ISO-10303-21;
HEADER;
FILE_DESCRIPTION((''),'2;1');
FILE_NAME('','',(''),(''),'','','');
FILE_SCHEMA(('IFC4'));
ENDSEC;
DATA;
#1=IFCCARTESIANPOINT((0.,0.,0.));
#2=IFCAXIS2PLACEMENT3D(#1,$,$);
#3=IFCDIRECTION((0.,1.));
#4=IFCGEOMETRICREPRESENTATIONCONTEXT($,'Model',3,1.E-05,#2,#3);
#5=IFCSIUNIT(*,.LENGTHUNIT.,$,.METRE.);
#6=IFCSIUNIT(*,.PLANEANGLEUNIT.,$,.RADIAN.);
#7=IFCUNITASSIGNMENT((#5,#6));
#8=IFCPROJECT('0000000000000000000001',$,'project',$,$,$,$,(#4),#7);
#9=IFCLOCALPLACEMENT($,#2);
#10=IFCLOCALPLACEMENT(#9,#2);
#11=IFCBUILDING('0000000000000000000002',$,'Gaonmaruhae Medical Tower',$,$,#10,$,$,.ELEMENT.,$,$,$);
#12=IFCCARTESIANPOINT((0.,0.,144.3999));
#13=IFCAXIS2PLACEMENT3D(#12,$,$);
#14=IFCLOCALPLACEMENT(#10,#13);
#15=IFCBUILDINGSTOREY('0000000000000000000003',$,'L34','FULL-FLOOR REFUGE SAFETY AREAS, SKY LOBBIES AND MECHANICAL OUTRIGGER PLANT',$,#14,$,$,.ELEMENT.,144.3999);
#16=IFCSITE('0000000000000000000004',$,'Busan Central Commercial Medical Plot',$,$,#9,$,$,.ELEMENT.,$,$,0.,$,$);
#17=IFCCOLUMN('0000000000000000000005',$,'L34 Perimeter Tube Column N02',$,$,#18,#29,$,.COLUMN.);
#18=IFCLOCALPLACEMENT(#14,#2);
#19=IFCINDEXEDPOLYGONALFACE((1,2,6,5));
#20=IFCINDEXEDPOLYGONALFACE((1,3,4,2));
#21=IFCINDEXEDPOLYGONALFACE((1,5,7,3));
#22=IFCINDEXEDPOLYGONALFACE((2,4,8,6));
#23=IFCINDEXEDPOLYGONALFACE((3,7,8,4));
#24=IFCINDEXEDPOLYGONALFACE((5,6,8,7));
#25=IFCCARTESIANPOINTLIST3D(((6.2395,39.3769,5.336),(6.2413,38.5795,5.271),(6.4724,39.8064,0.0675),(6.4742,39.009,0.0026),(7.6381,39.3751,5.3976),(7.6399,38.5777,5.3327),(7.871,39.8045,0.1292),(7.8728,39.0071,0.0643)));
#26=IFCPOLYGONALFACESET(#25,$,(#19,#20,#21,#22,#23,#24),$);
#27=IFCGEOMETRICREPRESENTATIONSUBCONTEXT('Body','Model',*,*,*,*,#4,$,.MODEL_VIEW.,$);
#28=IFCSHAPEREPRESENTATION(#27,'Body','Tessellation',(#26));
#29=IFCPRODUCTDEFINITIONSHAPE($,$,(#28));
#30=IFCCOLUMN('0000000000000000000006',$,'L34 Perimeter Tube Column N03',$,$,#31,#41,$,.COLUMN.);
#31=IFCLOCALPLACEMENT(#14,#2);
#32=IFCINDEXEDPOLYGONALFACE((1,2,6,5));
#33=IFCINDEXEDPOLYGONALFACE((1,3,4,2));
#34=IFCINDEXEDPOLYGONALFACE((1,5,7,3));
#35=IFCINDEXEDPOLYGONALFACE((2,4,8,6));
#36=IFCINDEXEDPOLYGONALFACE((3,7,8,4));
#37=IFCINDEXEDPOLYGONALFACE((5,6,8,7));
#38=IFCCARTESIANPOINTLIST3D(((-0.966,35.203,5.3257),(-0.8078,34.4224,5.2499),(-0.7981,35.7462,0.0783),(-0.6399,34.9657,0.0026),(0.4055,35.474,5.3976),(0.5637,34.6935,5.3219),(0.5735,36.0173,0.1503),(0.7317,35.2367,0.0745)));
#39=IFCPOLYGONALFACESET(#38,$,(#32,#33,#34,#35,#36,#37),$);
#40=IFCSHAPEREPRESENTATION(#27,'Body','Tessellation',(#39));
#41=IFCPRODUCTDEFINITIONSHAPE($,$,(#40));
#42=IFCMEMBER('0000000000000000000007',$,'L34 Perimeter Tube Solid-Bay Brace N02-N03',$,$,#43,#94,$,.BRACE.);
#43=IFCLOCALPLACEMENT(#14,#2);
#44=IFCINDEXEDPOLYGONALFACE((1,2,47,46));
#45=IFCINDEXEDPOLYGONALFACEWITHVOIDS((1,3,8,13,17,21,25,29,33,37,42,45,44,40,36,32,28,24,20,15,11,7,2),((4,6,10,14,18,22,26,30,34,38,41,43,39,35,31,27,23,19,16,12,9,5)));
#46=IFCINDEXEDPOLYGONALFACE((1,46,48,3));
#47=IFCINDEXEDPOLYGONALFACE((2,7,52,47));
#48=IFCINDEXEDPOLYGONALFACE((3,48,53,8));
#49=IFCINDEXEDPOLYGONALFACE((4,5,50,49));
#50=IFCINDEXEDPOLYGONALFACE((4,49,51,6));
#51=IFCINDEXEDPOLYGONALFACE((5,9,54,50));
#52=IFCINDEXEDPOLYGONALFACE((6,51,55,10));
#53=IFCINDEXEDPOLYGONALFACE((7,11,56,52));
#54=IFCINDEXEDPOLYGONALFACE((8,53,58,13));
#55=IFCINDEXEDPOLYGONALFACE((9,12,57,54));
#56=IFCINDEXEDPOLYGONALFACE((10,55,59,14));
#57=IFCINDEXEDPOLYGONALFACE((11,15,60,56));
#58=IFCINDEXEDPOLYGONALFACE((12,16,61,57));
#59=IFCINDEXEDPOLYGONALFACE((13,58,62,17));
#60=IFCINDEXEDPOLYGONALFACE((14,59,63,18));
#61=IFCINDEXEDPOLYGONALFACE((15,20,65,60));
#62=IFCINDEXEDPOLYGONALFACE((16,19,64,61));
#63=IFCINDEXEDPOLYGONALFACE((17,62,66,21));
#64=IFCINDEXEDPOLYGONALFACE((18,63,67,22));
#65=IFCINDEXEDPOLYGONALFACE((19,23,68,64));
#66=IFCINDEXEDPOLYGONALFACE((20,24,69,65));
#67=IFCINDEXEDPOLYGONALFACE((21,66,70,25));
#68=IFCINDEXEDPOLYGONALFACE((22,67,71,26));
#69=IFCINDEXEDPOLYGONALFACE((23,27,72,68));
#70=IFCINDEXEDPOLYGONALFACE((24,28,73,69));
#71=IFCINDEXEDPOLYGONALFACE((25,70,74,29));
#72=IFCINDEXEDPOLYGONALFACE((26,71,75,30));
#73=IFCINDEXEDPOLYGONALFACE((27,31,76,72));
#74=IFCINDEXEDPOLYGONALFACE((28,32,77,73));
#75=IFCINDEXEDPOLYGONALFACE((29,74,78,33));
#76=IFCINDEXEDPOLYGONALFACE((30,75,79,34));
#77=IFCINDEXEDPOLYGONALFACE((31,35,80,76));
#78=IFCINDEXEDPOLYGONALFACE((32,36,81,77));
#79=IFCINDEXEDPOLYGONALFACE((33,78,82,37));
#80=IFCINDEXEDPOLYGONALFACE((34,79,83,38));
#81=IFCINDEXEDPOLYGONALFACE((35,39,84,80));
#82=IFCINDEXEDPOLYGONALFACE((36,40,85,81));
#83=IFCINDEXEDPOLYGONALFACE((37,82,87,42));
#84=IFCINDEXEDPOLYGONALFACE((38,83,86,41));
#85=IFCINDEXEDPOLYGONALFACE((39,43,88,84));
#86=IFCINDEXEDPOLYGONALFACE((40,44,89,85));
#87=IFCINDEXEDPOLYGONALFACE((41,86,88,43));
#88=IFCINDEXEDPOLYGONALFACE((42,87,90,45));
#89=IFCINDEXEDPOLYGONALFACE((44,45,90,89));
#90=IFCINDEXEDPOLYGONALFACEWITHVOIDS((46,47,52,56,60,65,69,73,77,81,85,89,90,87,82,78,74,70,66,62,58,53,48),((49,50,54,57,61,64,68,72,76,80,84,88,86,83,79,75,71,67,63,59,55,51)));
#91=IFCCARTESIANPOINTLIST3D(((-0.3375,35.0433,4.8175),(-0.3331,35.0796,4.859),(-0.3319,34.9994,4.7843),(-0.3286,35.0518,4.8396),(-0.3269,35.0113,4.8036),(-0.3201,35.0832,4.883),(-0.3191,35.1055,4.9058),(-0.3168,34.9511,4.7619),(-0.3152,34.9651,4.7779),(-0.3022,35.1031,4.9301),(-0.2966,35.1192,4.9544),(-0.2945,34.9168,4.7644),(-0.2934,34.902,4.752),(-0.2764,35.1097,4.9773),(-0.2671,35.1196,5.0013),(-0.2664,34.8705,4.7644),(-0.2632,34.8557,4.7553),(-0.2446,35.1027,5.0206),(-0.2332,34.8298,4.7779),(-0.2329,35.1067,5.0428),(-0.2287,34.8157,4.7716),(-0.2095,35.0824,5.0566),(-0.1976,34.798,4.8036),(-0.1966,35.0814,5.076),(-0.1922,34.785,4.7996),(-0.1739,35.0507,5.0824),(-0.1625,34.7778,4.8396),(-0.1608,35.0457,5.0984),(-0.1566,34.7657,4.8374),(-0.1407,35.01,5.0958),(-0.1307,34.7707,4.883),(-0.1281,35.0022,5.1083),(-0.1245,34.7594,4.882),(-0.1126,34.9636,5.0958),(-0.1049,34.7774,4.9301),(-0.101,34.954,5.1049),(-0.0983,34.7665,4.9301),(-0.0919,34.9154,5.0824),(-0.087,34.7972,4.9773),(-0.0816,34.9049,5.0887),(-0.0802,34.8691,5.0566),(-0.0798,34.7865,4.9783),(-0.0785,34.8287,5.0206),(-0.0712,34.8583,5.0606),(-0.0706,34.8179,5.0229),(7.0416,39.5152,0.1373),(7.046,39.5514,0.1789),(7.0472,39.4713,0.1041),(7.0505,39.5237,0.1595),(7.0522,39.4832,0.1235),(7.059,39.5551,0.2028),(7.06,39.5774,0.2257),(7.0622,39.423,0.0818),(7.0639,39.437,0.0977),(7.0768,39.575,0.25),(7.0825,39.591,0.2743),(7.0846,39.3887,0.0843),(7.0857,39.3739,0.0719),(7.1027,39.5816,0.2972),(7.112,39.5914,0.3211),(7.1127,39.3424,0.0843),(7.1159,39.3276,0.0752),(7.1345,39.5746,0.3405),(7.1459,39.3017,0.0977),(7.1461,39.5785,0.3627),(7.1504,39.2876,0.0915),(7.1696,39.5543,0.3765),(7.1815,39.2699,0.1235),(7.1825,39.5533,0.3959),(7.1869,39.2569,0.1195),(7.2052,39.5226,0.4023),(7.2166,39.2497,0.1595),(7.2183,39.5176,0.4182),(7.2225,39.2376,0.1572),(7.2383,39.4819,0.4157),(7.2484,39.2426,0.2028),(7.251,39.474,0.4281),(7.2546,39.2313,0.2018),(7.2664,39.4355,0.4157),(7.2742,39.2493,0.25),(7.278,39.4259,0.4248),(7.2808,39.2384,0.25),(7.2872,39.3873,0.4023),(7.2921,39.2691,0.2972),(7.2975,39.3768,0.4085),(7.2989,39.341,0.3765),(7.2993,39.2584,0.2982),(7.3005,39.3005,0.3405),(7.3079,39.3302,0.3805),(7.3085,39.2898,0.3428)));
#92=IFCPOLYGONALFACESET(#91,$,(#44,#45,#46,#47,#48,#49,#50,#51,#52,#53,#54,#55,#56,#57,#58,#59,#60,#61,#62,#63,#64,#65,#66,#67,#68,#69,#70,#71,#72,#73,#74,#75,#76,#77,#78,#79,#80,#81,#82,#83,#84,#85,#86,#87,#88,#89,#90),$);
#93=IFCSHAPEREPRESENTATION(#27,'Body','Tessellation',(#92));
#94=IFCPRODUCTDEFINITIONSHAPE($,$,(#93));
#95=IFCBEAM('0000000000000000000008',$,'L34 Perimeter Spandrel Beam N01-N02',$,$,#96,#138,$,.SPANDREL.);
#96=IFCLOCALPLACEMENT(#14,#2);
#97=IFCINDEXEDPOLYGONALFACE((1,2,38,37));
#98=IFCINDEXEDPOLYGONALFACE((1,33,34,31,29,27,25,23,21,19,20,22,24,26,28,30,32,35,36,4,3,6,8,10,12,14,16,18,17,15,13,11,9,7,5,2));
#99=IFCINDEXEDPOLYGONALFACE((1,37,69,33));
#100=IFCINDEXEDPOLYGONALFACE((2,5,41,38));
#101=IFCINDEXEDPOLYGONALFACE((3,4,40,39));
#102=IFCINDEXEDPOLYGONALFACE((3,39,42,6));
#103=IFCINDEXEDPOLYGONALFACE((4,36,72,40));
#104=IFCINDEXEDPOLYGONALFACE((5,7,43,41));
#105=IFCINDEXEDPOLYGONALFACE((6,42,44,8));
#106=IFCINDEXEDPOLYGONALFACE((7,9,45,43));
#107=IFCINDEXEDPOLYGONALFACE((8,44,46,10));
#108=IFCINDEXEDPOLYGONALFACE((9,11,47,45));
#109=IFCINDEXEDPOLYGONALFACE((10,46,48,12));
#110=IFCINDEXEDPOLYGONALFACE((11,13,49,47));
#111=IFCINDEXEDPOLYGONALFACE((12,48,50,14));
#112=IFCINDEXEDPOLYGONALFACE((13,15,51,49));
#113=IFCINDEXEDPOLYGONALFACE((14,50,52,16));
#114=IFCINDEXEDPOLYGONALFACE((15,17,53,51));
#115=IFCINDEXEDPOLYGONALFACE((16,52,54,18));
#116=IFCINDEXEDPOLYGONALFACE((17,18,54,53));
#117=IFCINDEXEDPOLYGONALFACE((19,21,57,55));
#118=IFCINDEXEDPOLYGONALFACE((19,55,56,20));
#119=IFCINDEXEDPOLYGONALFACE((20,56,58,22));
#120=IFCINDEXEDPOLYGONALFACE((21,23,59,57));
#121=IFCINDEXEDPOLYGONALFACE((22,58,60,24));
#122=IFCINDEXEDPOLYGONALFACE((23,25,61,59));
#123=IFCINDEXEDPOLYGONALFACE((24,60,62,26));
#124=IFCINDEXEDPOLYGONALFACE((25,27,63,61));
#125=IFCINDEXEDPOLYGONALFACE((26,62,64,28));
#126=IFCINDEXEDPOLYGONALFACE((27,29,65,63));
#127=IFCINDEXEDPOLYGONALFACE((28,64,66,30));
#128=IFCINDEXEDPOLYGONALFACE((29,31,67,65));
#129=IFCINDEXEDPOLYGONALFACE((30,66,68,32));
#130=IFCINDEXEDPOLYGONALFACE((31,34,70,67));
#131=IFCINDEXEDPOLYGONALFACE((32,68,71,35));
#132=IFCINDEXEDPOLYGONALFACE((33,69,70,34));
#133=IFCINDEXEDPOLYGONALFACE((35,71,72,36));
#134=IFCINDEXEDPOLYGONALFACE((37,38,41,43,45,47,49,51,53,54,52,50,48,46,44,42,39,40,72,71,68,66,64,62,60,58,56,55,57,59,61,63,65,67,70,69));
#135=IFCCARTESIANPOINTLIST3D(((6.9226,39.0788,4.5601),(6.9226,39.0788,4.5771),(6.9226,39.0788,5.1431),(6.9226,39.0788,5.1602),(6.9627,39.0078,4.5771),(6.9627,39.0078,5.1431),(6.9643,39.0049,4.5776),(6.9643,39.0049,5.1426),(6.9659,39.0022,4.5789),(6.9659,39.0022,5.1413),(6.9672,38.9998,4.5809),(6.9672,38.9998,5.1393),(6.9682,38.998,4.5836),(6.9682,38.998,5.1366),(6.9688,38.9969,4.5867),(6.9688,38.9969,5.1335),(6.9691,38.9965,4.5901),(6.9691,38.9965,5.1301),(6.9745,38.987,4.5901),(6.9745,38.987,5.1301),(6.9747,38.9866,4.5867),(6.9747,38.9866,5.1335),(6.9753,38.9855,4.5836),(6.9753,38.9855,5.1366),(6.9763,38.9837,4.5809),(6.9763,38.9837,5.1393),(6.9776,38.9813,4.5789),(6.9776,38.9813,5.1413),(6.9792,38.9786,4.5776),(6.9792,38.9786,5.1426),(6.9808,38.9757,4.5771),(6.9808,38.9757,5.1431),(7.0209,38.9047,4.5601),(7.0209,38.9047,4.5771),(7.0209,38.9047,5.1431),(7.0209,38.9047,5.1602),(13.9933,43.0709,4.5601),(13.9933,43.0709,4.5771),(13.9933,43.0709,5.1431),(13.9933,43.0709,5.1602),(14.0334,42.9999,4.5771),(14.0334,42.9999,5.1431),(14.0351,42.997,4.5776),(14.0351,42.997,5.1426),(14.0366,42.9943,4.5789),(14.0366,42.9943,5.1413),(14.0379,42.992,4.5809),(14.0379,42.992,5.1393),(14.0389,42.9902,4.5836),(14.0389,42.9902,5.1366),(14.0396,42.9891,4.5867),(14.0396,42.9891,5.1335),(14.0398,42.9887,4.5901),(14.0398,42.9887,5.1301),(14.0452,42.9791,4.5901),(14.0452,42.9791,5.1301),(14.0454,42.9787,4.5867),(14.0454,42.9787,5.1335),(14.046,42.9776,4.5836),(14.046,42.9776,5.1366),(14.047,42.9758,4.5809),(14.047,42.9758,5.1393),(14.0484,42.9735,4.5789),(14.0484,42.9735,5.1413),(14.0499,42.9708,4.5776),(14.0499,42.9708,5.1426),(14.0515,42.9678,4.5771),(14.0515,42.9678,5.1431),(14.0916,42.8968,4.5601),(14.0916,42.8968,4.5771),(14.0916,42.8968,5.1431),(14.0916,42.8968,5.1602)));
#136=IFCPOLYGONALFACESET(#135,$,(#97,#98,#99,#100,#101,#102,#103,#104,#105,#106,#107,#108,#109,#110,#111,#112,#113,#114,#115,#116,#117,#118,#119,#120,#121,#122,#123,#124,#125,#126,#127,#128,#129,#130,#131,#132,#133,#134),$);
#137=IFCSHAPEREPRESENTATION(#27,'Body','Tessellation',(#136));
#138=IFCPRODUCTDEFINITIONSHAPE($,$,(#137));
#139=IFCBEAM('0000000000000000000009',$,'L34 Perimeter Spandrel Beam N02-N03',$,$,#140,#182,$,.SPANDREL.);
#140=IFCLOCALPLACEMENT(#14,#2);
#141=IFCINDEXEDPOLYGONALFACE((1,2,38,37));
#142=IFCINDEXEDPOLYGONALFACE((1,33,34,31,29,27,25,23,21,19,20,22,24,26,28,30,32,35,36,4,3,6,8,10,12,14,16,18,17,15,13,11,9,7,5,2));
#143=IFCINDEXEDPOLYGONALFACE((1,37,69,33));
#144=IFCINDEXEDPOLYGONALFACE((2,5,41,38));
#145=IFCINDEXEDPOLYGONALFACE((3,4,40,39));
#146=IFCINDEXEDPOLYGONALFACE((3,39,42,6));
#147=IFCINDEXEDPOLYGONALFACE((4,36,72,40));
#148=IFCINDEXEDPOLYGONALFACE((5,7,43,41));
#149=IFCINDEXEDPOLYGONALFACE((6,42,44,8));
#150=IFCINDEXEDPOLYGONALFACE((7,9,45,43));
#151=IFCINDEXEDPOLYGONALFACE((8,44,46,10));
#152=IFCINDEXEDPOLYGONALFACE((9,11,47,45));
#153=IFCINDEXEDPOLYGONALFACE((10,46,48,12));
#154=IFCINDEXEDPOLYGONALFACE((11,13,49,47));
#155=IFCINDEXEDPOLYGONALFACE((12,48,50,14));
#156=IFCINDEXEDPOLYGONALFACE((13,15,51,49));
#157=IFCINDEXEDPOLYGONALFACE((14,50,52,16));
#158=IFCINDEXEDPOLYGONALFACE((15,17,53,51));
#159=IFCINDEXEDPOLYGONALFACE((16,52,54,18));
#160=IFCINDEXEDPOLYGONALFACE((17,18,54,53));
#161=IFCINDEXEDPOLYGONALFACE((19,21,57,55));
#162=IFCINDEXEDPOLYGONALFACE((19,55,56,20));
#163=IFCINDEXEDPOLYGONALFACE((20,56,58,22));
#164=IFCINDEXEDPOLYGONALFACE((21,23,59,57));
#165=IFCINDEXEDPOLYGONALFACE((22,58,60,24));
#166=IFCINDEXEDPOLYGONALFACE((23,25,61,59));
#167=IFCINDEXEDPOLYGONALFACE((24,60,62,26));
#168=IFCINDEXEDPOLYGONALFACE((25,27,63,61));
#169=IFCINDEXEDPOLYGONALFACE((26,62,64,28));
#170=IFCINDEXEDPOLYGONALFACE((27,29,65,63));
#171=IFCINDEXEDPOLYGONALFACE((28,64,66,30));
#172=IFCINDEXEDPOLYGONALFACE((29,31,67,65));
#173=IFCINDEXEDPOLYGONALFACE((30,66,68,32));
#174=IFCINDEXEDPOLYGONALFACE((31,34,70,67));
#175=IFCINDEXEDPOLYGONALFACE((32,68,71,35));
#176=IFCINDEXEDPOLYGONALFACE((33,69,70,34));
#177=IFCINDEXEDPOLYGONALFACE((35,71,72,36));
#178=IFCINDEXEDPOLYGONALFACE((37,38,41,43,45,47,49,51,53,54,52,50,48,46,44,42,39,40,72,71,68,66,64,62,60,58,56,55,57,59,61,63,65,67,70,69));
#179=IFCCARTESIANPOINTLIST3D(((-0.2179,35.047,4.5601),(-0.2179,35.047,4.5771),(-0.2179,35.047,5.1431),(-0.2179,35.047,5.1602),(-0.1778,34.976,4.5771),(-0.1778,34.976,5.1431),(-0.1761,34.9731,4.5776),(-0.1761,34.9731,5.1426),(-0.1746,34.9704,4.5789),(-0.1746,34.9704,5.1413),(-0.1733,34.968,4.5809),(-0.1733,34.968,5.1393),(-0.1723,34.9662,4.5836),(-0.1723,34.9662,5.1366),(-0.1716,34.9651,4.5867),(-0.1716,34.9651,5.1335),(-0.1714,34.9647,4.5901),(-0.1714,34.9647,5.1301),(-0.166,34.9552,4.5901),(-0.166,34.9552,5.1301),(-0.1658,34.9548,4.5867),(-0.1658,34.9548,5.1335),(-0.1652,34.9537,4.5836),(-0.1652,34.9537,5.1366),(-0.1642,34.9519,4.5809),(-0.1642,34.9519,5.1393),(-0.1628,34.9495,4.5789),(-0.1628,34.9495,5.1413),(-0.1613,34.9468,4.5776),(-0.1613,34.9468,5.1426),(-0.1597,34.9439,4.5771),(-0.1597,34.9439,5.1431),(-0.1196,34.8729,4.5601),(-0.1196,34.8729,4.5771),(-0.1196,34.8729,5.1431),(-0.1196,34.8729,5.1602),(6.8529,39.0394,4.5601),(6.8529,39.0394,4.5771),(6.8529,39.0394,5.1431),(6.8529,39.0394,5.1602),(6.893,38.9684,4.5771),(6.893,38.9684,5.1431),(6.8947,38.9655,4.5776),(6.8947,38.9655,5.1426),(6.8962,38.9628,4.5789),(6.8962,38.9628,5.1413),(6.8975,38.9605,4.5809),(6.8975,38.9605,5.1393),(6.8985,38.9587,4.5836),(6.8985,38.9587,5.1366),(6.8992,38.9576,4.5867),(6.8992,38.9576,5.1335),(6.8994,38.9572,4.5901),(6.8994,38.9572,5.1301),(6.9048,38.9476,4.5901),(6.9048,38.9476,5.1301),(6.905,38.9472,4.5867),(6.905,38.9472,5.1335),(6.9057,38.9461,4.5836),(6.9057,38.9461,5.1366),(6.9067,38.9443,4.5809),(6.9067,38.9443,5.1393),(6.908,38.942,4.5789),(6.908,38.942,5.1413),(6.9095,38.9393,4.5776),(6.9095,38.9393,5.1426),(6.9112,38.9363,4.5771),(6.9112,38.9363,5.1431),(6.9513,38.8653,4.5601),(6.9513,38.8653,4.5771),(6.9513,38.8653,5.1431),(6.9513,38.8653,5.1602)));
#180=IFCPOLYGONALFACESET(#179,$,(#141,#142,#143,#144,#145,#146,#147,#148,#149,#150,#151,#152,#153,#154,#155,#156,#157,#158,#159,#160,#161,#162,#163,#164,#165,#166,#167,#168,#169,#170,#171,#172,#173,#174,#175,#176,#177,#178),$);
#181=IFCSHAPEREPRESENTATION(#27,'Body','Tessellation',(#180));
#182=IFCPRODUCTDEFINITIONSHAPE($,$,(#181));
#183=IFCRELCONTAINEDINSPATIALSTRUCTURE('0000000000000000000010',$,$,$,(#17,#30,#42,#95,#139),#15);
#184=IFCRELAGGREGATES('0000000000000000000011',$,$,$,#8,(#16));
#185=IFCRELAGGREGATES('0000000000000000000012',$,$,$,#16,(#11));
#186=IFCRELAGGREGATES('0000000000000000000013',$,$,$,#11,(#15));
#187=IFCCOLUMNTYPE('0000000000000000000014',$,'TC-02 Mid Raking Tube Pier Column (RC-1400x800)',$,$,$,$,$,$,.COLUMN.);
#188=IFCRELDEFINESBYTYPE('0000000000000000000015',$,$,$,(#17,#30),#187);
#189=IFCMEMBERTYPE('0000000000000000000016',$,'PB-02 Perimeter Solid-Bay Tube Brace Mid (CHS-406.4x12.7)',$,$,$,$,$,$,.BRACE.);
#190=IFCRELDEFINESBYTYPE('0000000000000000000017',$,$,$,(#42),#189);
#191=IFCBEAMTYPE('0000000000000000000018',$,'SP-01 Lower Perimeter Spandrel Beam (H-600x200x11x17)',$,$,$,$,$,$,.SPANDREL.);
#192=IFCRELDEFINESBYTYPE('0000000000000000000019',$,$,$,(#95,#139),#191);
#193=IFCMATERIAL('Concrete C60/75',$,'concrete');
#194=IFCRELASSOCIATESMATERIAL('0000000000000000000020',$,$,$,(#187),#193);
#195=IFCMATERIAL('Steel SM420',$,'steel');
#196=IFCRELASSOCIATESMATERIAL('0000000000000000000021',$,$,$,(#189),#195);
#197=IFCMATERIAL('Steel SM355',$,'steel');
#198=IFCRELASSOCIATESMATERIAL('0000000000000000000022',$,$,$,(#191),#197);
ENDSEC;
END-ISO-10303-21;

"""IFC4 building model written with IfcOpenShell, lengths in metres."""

from ifc_helpers import new_model, si_unit, direction, frame, origin, origin_2d, place, context, subcontext, project, spatial, rectangle, hollow_circle, i_section, extrude, material, material_profile, profile_set, type_object, element, save


model = new_model("IFC4")

# Units and contexts
model_context = context("Model", 3, precision=1e-05, world=origin(), true_north=direction((0.0, 1.0)))
body_context = subcontext(model_context, "Body", "Model", "MODEL_VIEW")
ifc_project = project(units=[si_unit("LENGTHUNIT", "METRE"), si_unit("PLANEANGLEUNIT", "RADIAN")], contexts=[model_context])

# Site, building, storey
site_placement = place(None, origin())
site = spatial("IfcSite", under=ifc_project, at=site_placement, Name="Busan Central Commercial Medical Plot", CompositionType="ELEMENT", RefElevation=0.0)
building_placement = place(site_placement, origin())
building = spatial("IfcBuilding", under=site, at=building_placement, Name="Gaonmaruhae Medical Tower", CompositionType="ELEMENT")
storey_placement = place(building_placement, frame((0.0, 0.0, 144.3999)))
storey = spatial("IfcBuildingStorey", under=building, at=storey_placement, Name="L34", Description="FULL-FLOOR REFUGE SAFETY AREAS, SKY LOBBIES AND MECHANICAL OUTRIGGER PLANT", CompositionType="ELEMENT", Elevation=144.3999)

# Columns
ifc_material_1 = material(Name="Concrete C60/75", Category="concrete")
ifc_material_profile_1 = material_profile(ifc_material_1, rectangle(XDim=1.3999, YDim=0.8, at=origin_2d()), Name="RC-1400x800")
ifc_profile_set_1 = profile_set([ifc_material_profile_1], Name="Concrete C60/75")
column_type = type_object("IfcColumnType", Name="TC-02 Mid Raking Tube Pier Column (RC-1400x800)", PredefinedType="COLUMN", material=ifc_profile_set_1)
column_1_placement = place(storey_placement, frame((7.1726, 39.4067, 0.0659), z_axis=(-0.044021, -0.081166, 0.995728), x_axis=(0.999028, -0.001327, 0.044059)))
element("IfcColumn", 1, at=column_1_placement, inside=storey, type_object=column_type, Name="L34 Perimeter Tube Column N02", PredefinedType="COLUMN", context=body_context, shape_type="SweptSolid", body=[
    extrude(rectangle(XDim=1.3999, YDim=0.8, at=origin_2d()), origin(), (0.0, 0.0, 1.0), 5.291),
])
column_2_placement = place(storey_placement, frame((-0.0332, 35.4915, 0.0764), z_axis=(-0.031824, -0.10292, 0.99418), x_axis=(0.979734, 0.193596, 0.051403)))
element("IfcColumn", 2, at=column_2_placement, inside=storey, type_object=column_type, Name="L34 Perimeter Tube Column N03", PredefinedType="COLUMN", context=body_context, shape_type="SweptSolid", body=[
    extrude(rectangle(XDim=1.3999, YDim=0.8, at=origin_2d()), origin(), (0.0, 0.0, 1.0), 5.2781),
])

# Member
ifc_material_2 = material(Name="Steel SM420", Category="steel")
ifc_material_profile_2 = material_profile(ifc_material_2, hollow_circle(Radius=0.2031, WallThickness=0.0127, at=origin_2d()), Name="CHS-406.4x12.7")
ifc_profile_set_2 = profile_set([ifc_material_profile_2], Name="Steel SM420")
member_type = type_object("IfcMemberType", Name="PB-02 Perimeter Solid-Bay Tube Brace Mid (CHS-406.4x12.7)", PredefinedType="BRACE", material=ifc_profile_set_2)
member_placement = place(storey_placement, frame((7.1755, 39.4121, 0.25), z_axis=(-0.751747, -0.455575, 0.47679), x_axis=(0.518277, -0.855213, 0.0)))
element("IfcMember", 3, at=member_placement, inside=storey, type_object=member_type, Name="L34 Perimeter Tube Solid-Bay Brace N02-N03", PredefinedType="BRACE", context=body_context, shape_type="SweptSolid", body=[
    extrude(hollow_circle(Radius=0.2031, WallThickness=0.0127, at=origin_2d()), origin(), (0.0, 0.0, 1.0), 9.8159),
])

# Beams
ifc_material_3 = material(Name="Steel SM355", Category="steel")
ifc_material_profile_3 = material_profile(ifc_material_3, i_section(OverallWidth=0.2, OverallDepth=0.6001, WebThickness=0.011, FlangeThickness=0.0171, FilletRadius=0.0129, at=origin_2d()), Name="H-600x200x11x17")
ifc_profile_set_3 = profile_set([ifc_material_profile_3], Name="Steel SM355")
beam_type = type_object("IfcBeamType", Name="SP-01 Lower Perimeter Spandrel Beam (H-600x200x11x17)", PredefinedType="SPANDREL", material=ifc_profile_set_3)
beam_1_placement = place(storey_placement, frame((14.0425, 42.9839, 4.8601), z_axis=(-0.870792, -0.491651, 0.0), x_axis=(0.491651, -0.870792, 0.0)))
element("IfcBeam", 4, at=beam_1_placement, inside=storey, type_object=beam_type, Name="L34 Perimeter Spandrel Beam N01-N02", PredefinedType="SPANDREL", context=body_context, shape_type="SweptSolid", body=[
    extrude(i_section(OverallWidth=0.2, OverallDepth=0.6001, WebThickness=0.011, FlangeThickness=0.0171, FilletRadius=0.0129, at=origin_2d()), origin(), (0.0, 0.0, 1.0), 8.1199),
])
beam_2_placement = place(storey_placement, frame((6.9021, 38.9524, 4.8601), z_axis=(-0.870779, -0.491674, 0.0), x_axis=(0.491674, -0.870779, 0.0)))
element("IfcBeam", 5, at=beam_2_placement, inside=storey, type_object=beam_type, Name="L34 Perimeter Spandrel Beam N02-N03", PredefinedType="SPANDREL", context=body_context, shape_type="SweptSolid", body=[
    extrude(i_section(OverallWidth=0.2, OverallDepth=0.6001, WebThickness=0.011, FlangeThickness=0.0171, FilletRadius=0.0129, at=origin_2d()), origin(), (0.0, 0.0, 1.0), 8.1201),
])

save(model, "model.ifc")
